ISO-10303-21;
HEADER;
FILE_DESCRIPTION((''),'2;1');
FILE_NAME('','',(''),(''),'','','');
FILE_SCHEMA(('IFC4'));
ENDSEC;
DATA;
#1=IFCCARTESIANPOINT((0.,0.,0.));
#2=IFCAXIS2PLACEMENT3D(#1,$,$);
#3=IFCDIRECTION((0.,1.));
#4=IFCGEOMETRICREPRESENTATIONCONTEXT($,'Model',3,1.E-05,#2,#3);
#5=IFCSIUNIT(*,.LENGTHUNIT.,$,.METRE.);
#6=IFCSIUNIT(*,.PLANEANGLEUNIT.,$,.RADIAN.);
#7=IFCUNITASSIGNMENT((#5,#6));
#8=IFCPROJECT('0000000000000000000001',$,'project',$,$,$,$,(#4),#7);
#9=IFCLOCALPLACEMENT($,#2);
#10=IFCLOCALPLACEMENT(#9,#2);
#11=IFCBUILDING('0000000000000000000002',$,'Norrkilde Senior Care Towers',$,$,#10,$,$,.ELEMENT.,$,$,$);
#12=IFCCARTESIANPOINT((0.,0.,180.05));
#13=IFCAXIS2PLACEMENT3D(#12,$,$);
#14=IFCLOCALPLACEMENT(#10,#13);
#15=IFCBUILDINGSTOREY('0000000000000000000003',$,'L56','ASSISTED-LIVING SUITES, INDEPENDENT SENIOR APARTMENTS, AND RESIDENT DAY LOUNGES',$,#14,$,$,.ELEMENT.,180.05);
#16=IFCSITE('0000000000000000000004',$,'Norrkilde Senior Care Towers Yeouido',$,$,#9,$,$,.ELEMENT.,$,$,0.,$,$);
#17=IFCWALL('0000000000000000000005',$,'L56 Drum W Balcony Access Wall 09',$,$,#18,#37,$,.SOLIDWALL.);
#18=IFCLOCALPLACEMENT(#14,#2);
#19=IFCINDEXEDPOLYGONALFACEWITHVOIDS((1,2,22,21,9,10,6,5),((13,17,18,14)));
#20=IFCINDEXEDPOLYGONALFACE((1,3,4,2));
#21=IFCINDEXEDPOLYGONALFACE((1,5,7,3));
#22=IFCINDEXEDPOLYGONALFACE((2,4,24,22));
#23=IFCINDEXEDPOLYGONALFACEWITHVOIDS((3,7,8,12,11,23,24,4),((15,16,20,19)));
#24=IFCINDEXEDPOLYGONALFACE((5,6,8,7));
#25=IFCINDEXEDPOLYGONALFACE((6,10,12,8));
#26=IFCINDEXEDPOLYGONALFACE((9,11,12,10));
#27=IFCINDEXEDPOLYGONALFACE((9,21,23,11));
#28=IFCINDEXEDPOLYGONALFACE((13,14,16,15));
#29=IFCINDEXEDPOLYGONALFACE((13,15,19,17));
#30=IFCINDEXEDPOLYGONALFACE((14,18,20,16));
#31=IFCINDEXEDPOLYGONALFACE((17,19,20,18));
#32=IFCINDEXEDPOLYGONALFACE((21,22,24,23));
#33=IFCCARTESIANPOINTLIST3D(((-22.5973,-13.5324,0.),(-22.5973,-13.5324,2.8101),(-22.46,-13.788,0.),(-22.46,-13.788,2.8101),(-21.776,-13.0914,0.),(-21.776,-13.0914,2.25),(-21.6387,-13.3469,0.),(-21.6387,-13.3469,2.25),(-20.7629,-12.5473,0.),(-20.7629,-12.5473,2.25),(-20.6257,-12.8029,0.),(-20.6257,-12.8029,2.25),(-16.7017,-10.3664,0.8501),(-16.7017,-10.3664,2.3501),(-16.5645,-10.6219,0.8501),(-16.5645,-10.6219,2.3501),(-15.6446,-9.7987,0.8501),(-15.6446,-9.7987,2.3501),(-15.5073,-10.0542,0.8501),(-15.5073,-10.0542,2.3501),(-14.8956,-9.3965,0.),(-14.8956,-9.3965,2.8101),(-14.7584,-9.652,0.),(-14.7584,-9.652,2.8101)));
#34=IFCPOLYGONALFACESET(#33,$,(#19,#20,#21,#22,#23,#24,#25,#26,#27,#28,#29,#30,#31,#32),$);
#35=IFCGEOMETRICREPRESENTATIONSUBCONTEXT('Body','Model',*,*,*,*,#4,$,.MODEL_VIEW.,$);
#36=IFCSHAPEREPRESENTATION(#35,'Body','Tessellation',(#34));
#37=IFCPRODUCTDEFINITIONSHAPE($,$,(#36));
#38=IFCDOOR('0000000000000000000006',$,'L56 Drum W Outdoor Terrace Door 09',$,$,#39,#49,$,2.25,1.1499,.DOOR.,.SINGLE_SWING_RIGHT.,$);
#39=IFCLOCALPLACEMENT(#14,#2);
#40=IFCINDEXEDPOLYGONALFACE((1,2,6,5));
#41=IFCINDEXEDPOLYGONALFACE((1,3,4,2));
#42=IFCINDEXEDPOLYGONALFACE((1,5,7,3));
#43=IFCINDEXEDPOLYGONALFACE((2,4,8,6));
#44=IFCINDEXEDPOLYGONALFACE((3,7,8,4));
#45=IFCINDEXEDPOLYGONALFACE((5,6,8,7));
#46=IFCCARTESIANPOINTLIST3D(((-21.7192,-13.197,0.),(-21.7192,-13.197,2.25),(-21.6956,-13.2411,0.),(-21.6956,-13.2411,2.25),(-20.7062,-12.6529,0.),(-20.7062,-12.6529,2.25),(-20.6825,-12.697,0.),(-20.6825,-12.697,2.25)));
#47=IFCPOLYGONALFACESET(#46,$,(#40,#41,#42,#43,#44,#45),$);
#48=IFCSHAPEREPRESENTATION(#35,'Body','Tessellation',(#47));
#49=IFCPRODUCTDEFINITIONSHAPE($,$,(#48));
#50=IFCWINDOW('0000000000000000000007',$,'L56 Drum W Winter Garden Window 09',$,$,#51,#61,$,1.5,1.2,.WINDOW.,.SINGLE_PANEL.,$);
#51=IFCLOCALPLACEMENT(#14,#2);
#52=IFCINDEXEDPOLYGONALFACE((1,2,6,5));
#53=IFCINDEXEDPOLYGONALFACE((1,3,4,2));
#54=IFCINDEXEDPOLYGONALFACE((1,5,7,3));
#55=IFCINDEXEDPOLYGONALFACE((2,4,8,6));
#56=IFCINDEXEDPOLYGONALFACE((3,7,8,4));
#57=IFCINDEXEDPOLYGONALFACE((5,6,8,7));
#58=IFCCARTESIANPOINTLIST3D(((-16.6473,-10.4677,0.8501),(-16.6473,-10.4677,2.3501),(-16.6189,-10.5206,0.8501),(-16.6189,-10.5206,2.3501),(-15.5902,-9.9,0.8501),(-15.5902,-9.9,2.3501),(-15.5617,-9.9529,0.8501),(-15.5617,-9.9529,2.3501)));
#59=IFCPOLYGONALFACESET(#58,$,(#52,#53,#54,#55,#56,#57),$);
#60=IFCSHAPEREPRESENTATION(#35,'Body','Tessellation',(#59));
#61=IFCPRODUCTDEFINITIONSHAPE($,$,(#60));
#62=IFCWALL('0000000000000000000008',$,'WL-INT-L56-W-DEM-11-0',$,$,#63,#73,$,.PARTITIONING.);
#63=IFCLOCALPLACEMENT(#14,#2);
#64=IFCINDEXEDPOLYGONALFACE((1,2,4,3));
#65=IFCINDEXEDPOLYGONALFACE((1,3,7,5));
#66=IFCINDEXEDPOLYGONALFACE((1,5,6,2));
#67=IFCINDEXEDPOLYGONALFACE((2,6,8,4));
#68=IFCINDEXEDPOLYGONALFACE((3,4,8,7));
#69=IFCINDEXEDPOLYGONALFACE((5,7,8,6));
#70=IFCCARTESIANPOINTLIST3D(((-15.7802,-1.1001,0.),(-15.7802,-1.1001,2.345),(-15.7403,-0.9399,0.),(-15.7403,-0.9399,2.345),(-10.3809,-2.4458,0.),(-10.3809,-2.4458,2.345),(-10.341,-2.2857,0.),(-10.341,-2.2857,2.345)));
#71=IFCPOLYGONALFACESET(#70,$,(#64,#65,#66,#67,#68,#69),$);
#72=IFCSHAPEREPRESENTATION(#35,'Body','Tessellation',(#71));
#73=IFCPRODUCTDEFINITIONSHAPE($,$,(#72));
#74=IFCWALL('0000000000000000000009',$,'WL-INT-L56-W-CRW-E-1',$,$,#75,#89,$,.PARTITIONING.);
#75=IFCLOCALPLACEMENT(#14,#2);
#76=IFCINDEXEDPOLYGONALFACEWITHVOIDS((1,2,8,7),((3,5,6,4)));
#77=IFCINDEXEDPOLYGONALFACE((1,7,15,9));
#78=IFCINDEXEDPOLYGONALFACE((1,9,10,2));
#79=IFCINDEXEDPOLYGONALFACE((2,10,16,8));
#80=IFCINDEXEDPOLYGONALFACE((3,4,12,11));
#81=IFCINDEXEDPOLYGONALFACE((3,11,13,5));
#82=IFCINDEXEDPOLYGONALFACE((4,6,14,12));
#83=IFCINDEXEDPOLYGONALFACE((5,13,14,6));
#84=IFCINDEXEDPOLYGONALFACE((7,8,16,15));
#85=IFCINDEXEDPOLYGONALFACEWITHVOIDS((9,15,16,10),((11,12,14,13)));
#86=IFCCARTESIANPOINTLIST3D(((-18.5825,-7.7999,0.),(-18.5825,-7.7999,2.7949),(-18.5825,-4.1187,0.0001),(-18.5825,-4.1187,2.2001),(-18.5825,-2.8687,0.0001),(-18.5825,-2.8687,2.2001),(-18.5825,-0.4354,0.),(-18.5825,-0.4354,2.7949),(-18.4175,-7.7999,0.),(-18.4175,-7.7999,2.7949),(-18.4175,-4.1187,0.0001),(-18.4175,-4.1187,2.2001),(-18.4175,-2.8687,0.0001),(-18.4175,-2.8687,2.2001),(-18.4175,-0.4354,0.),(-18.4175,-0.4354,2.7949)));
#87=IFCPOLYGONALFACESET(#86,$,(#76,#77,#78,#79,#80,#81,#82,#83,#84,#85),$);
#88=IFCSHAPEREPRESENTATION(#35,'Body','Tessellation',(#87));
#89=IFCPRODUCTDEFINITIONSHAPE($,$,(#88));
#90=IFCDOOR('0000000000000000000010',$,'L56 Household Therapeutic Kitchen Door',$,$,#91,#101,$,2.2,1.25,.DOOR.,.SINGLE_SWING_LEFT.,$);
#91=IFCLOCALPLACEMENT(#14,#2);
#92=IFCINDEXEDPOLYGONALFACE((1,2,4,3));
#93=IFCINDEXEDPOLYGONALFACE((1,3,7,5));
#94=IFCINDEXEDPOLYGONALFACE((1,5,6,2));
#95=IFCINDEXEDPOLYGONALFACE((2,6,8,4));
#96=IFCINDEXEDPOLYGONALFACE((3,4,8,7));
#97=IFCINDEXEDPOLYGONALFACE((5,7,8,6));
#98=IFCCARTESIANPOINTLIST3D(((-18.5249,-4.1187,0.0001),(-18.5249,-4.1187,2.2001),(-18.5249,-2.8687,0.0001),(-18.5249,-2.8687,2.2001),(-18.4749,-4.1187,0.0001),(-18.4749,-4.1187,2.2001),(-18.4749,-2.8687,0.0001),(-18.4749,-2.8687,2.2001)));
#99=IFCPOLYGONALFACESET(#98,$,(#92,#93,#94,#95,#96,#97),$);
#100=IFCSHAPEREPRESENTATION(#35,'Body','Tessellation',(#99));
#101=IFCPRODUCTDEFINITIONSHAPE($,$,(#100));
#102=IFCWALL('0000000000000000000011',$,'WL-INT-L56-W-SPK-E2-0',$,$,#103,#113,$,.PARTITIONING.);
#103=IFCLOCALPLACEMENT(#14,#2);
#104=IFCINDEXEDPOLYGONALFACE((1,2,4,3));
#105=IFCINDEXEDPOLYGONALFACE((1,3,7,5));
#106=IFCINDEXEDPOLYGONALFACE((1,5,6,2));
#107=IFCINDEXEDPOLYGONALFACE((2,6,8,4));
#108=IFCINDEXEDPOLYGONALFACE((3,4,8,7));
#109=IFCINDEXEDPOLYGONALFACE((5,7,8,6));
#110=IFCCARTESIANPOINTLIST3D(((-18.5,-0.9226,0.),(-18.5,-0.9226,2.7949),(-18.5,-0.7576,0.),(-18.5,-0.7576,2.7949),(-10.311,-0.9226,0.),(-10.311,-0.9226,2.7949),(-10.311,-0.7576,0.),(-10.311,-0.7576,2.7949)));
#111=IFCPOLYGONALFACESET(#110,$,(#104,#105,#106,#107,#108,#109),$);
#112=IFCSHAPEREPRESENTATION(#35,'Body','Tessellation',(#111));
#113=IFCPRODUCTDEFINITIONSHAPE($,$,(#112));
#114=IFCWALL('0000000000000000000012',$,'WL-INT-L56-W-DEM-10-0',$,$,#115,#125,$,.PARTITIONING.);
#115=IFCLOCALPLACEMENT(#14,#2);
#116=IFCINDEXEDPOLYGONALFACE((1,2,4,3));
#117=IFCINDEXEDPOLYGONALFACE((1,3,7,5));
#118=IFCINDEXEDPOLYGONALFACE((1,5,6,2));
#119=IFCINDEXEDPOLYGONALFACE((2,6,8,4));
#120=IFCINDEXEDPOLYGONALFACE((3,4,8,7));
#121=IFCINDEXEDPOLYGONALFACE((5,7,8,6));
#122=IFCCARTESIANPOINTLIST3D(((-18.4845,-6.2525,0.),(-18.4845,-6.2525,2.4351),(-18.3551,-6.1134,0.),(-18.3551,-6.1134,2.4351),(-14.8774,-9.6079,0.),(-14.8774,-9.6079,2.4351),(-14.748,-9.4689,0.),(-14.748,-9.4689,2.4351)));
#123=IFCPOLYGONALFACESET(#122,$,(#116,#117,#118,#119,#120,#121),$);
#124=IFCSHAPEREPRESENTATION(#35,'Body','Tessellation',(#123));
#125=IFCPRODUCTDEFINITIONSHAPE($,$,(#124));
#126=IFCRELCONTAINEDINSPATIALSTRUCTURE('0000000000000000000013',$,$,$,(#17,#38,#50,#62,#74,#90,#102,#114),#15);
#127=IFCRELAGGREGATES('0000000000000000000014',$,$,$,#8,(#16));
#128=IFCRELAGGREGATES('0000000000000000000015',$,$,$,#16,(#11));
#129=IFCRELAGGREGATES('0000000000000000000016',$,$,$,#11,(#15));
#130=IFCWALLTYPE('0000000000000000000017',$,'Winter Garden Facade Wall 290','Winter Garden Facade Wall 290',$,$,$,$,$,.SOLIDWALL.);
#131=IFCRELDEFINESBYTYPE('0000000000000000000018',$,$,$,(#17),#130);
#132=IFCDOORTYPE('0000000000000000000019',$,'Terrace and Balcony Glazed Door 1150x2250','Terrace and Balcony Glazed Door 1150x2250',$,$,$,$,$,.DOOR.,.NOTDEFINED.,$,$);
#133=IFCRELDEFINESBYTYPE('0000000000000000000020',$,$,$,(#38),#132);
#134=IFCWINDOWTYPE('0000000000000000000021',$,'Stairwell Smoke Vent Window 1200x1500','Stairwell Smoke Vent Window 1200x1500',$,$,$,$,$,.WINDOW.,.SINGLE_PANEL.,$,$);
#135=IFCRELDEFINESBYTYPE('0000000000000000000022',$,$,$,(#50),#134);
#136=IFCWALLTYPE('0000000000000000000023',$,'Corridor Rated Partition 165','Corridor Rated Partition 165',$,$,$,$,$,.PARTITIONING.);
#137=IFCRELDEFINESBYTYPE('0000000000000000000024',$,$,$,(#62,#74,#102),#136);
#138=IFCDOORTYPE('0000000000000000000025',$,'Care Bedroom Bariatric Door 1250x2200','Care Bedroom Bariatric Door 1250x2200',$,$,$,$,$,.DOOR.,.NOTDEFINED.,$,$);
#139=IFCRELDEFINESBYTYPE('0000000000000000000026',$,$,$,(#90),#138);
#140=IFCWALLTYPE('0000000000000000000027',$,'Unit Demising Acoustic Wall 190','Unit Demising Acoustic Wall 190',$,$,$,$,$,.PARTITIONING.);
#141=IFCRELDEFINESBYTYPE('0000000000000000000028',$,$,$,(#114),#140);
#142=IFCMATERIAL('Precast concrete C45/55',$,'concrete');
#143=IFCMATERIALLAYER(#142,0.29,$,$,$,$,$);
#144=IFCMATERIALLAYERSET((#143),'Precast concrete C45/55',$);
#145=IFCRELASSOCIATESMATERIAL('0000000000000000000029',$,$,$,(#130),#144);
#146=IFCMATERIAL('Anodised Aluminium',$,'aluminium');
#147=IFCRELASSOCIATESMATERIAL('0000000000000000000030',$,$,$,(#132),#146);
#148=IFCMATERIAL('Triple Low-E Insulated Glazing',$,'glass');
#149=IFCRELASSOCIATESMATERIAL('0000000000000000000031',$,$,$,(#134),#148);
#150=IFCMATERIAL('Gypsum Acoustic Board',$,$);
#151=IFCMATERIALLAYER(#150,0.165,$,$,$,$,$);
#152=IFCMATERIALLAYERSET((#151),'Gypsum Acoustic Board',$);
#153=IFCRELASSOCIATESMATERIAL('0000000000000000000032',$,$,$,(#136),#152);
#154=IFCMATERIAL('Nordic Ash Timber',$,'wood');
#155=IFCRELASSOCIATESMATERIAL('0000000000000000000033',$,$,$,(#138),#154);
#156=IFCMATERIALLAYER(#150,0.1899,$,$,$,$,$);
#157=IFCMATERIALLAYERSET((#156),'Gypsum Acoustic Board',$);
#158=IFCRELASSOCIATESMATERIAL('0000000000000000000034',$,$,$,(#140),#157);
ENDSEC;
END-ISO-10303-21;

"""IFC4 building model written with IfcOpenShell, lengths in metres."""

from ifc_helpers import new_model, si_unit, direction, frame, frame_2d, origin, place, context, subcontext, project, spatial, rectangle, extrude, source, transform, mapped, material, layer, layer_set, type_object, type_shapes, element, fill, save


model = new_model("IFC4")

# Units and contexts
model_context = context("Model", 3, precision=1e-05, world=origin(), true_north=direction((0.0, 1.0)))
body_context = subcontext(model_context, "Body", "Model", "MODEL_VIEW")
ifc_project = project(units=[si_unit("LENGTHUNIT", "METRE"), si_unit("PLANEANGLEUNIT", "RADIAN")], contexts=[model_context])

# Site, building, storey
site_placement = place(None, origin())
site = spatial("IfcSite", under=ifc_project, at=site_placement, Name="Norrkilde Senior Care Towers Yeouido", CompositionType="ELEMENT", RefElevation=0.0)
building_placement = place(site_placement, origin())
building = spatial("IfcBuilding", under=site, at=building_placement, Name="Norrkilde Senior Care Towers", CompositionType="ELEMENT")
storey_placement = place(building_placement, frame((0.0, 0.0, 180.05)))
storey = spatial("IfcBuildingStorey", under=building, at=storey_placement, Name="L56", Description="ASSISTED-LIVING SUITES, INDEPENDENT SENIOR APARTMENTS, AND RESIDENT DAY LOUNGES", CompositionType="ELEMENT", Elevation=180.05)

# Shared definitions
ifc_material_1 = material(Name="Triple Low-E Insulated Glazing", Category="glass")
ifc_material_2 = material(Name="Anodised Aluminium", Category="aluminium")

# Wall, openings, door, window
ifc_material_3 = material(Name="Precast concrete C45/55", Category="concrete")
ifc_layer_1 = layer(ifc_material_3, 0.29)
ifc_layer_set_1 = layer_set([ifc_layer_1], Name="Precast concrete C45/55")
wall_type_1 = type_object("IfcWallType", Name="Winter Garden Facade Wall 290", Description="Winter Garden Facade Wall 290", PredefinedType="SOLIDWALL", material=ifc_layer_set_1)
shared_shape_1 = source(origin(), body_context, "Body", "SweptSolid", [
    extrude(rectangle(XDim=8.7419, YDim=0.29, at=frame_2d((4.3711, 0.0))), origin(), (0.0, 0.0, 1.0), 2.8101),
])
type_shapes(wall_type_1, [shared_shape_1])
wall_1_placement = place(storey_placement, frame((-14.8269, -9.5242, 0.0), z_axis=(0.0, 0.0, 1.0), x_axis=(-0.880999, -0.473119, 0.0)))
wall_1 = element("IfcWall", 1, at=wall_1_placement, inside=storey, type_object=wall_type_1, Name="L56 Drum W Balcony Access Wall 09", PredefinedType="SOLIDWALL", context=body_context, shape_type="MappedRepresentation", body=[
    mapped(shared_shape_1, transform((0.0, 0.0, 0.0), x_axis=(1.0, 0.0, 0.0), y_axis=(0.0, 1.0, 0.0), z_axis=(0.0, 0.0, 1.0), scale=1.0)),
])
opening_1_placement = place(wall_1_placement, frame((6.6599, 0.0, 0.0)))
opening_1 = element("IfcOpeningElement", 2, at=opening_1_placement, cuts=wall_1, PredefinedType="OPENING", context=body_context, shape_type="SweptSolid", body=[
    extrude(rectangle(XDim=1.1499, YDim=2.25, at=frame_2d((0.575, 1.125))), frame((0.0, 0.155, 0.0), z_axis=(0.0, -1.0, 0.0), x_axis=(1.0, 0.0, 0.0)), (0.0, 0.0, 1.0), 0.3101),
])
opening_2_placement = place(wall_1_placement, frame((0.8501, 0.0, 0.8501)))
opening_2 = element("IfcOpeningElement", 3, at=opening_2_placement, cuts=wall_1, PredefinedType="OPENING", context=body_context, shape_type="SweptSolid", body=[
    extrude(rectangle(XDim=1.2, YDim=1.5, at=frame_2d((0.6001, 0.75))), frame((0.0, 0.155, 0.0), z_axis=(0.0, -1.0, 0.0), x_axis=(1.0, 0.0, 0.0)), (0.0, 0.0, 1.0), 0.3101),
])
door_type_1 = type_object("IfcDoorType", Name="Terrace and Balcony Glazed Door 1150x2250", Description="Terrace and Balcony Glazed Door 1150x2250", OperationType="NOTDEFINED", PredefinedType="DOOR", material=ifc_material_2)
shared_shape_2 = source(origin(), body_context, "Body", "SweptSolid", [
    extrude(rectangle(XDim=1.1499, YDim=2.25, at=frame_2d((0.575, 1.125))), frame((0.0, 0.0249, 0.0), z_axis=(0.0, -1.0, 0.0), x_axis=(1.0, 0.0, 0.0)), (0.0, 0.0, 1.0), 0.05),
])
type_shapes(door_type_1, [shared_shape_2])
door_1_placement = place(opening_1_placement, origin())
door_1 = element("IfcDoor", 4, at=door_1_placement, inside=storey, type_object=door_type_1, Name="L56 Drum W Outdoor Terrace Door 09", OperationType="SINGLE_SWING_RIGHT", OverallHeight=2.25, OverallWidth=1.1499, PredefinedType="DOOR", context=body_context, shape_type="MappedRepresentation", body=[
    mapped(shared_shape_2, transform((0.0, 0.0, 0.0), x_axis=(1.0, 0.0, 0.0), y_axis=(0.0, 1.0, 0.0), z_axis=(0.0, 0.0, 1.0), scale=1.0)),
])
fill(opening_1, door_1)
window_type = type_object("IfcWindowType", Name="Stairwell Smoke Vent Window 1200x1500", Description="Stairwell Smoke Vent Window 1200x1500", PartitioningType="SINGLE_PANEL", PredefinedType="WINDOW", material=ifc_material_1)
shared_shape_3 = source(origin(), body_context, "Body", "SweptSolid", [
    extrude(rectangle(XDim=1.2, YDim=1.5, at=frame_2d((0.6001, 0.75))), frame((0.0, 0.03, 0.0), z_axis=(0.0, -1.0, 0.0), x_axis=(1.0, 0.0, 0.0)), (0.0, 0.0, 1.0), 0.0601),
])
type_shapes(window_type, [shared_shape_3])
window_placement = place(opening_2_placement, origin())
window = element("IfcWindow", 5, at=window_placement, inside=storey, type_object=window_type, Name="L56 Drum W Winter Garden Window 09", OverallHeight=1.5, OverallWidth=1.2, PartitioningType="SINGLE_PANEL", PredefinedType="WINDOW", context=body_context, shape_type="MappedRepresentation", body=[
    mapped(shared_shape_3, transform((0.0, 0.0, 0.0), x_axis=(1.0, 0.0, 0.0), y_axis=(0.0, 1.0, 0.0), z_axis=(0.0, 0.0, 1.0), scale=1.0)),
])
fill(opening_2, window)

# Wall
ifc_material_4 = material(Name="Gypsum Acoustic Board")
ifc_layer_2 = layer(ifc_material_4, 0.165)
ifc_layer_set_2 = layer_set([ifc_layer_2], Name="Gypsum Acoustic Board")
wall_type_2 = type_object("IfcWallType", Name="Corridor Rated Partition 165", Description="Corridor Rated Partition 165", PredefinedType="PARTITIONING", material=ifc_layer_set_2)
shared_shape_4 = source(origin(), body_context, "Body", "SweptSolid", [
    extrude(rectangle(XDim=5.5645, YDim=0.165, at=frame_2d((2.7822, 0.0))), origin(), (0.0, 0.0, 1.0), 2.345),
])
wall_2_placement = place(storey_placement, frame((-15.7603, -1.02, 0.0), z_axis=(0.0, 0.0, 1.0), x_axis=(0.970315, -0.241844, 0.0)))
element("IfcWall", 6, at=wall_2_placement, inside=storey, type_object=wall_type_2, Name="WL-INT-L56-W-DEM-11-0", PredefinedType="PARTITIONING", context=body_context, shape_type="MappedRepresentation", body=[
    mapped(shared_shape_4, transform((0.0, 0.0, 0.0), x_axis=(1.0, 0.0, 0.0), y_axis=(0.0, 1.0, 0.0), z_axis=(0.0, 0.0, 1.0), scale=1.0)),
])

# Wall, opening, door
shared_shape_5 = source(origin(), body_context, "Body", "SweptSolid", [
    extrude(rectangle(XDim=7.3645, YDim=0.165, at=frame_2d((3.6821, 0.0))), origin(), (0.0, 0.0, 1.0), 2.7949),
])
wall_3_placement = place(storey_placement, frame((-18.5, -0.4355, 0.0), z_axis=(0.0, 0.0, 1.0), x_axis=(0.0, -1.0, 0.0)))
wall_3 = element("IfcWall", 7, at=wall_3_placement, inside=storey, type_object=wall_type_2, Name="WL-INT-L56-W-CRW-E-1", PredefinedType="PARTITIONING", context=body_context, shape_type="MappedRepresentation", body=[
    mapped(shared_shape_5, transform((0.0, 0.0, 0.0), x_axis=(1.0, 0.0, 0.0), y_axis=(0.0, 1.0, 0.0), z_axis=(0.0, 0.0, 1.0), scale=1.0)),
])
opening_3_placement = place(wall_3_placement, frame((2.4331, 0.0, 0.0)))
opening_3 = element("IfcOpeningElement", 8, at=opening_3_placement, cuts=wall_3, PredefinedType="OPENING", context=body_context, shape_type="SweptSolid", body=[
    extrude(rectangle(XDim=1.25, YDim=2.2, at=frame_2d((0.625, 1.1001))), frame((0.0, 0.0925, 0.0), z_axis=(0.0, -1.0, 0.0), x_axis=(1.0, 0.0, 0.0)), (0.0, 0.0, 1.0), 0.1851),
])
ifc_material_5 = material(Name="Nordic Ash Timber", Category="wood")
door_type_2 = type_object("IfcDoorType", Name="Care Bedroom Bariatric Door 1250x2200", Description="Care Bedroom Bariatric Door 1250x2200", OperationType="NOTDEFINED", PredefinedType="DOOR", material=ifc_material_5)
shared_shape_6 = source(origin(), body_context, "Body", "SweptSolid", [
    extrude(rectangle(XDim=1.25, YDim=2.2, at=frame_2d((0.625, 1.1001))), frame((0.0, 0.0249, 0.0), z_axis=(0.0, -1.0, 0.0), x_axis=(1.0, 0.0, 0.0)), (0.0, 0.0, 1.0), 0.05),
])
type_shapes(door_type_2, [shared_shape_6])
door_2_placement = place(opening_3_placement, frame((1.25, 0.0, 0.0), z_axis=(0.0, 0.0, 1.0), x_axis=(-1.0, 0.0, 0.0)))
door_2 = element("IfcDoor", 9, at=door_2_placement, inside=storey, type_object=door_type_2, Name="L56 Household Therapeutic Kitchen Door", OperationType="SINGLE_SWING_LEFT", OverallHeight=2.2, OverallWidth=1.25, PredefinedType="DOOR", context=body_context, shape_type="MappedRepresentation", body=[
    mapped(shared_shape_6, transform((0.0, 0.0, 0.0), x_axis=(1.0, 0.0, 0.0), y_axis=(0.0, 1.0, 0.0), z_axis=(0.0, 0.0, 1.0), scale=1.0)),
])
fill(opening_3, door_2)

# Walls
shared_shape_7 = source(origin(), body_context, "Body", "SweptSolid", [
    extrude(rectangle(XDim=8.189, YDim=0.165, at=frame_2d((4.0945, 0.0))), origin(), (0.0, 0.0, 1.0), 2.7949),
])
type_shapes(wall_type_2, [shared_shape_4, shared_shape_5, shared_shape_7])
wall_4_placement = place(storey_placement, frame((-10.311, -0.8401, 0.0), z_axis=(0.0, 0.0, 1.0), x_axis=(-1.0, 0.0, 0.0)))
element("IfcWall", 10, at=wall_4_placement, inside=storey, type_object=wall_type_2, Name="WL-INT-L56-W-SPK-E2-0", PredefinedType="PARTITIONING", context=body_context, shape_type="MappedRepresentation", body=[
    mapped(shared_shape_7, transform((0.0, 0.0, 0.0), x_axis=(1.0, 0.0, 0.0), y_axis=(0.0, 1.0, 0.0), z_axis=(0.0, 0.0, 1.0), scale=1.0)),
])
ifc_layer_3 = layer(ifc_material_4, 0.1899)
ifc_layer_set_3 = layer_set([ifc_layer_3], Name="Gypsum Acoustic Board")
wall_type_3 = type_object("IfcWallType", Name="Unit Demising Acoustic Wall 190", Description="Unit Demising Acoustic Wall 190", PredefinedType="PARTITIONING", material=ifc_layer_set_3)
shared_shape_8 = source(origin(), body_context, "Body", "SweptSolid", [
    extrude(rectangle(XDim=4.9265, YDim=0.1899, at=frame_2d((2.4634, 0.0))), origin(), (0.0, 0.0, 1.0), 2.4351),
])
type_shapes(wall_type_3, [shared_shape_8])
wall_5_placement = place(storey_placement, frame((-18.4199, -6.1829, 0.0), z_axis=(0.0, 0.0, 1.0), x_axis=(0.732191, -0.681099, 0.0)))
element("IfcWall", 11, at=wall_5_placement, inside=storey, type_object=wall_type_3, Name="WL-INT-L56-W-DEM-10-0", PredefinedType="PARTITIONING", context=body_context, shape_type="MappedRepresentation", body=[
    mapped(shared_shape_8, transform((0.0, 0.0, 0.0), x_axis=(1.0, 0.0, 0.0), y_axis=(0.0, 1.0, 0.0), z_axis=(0.0, 0.0, 1.0), scale=1.0)),
])

save(model, "model.ifc")
